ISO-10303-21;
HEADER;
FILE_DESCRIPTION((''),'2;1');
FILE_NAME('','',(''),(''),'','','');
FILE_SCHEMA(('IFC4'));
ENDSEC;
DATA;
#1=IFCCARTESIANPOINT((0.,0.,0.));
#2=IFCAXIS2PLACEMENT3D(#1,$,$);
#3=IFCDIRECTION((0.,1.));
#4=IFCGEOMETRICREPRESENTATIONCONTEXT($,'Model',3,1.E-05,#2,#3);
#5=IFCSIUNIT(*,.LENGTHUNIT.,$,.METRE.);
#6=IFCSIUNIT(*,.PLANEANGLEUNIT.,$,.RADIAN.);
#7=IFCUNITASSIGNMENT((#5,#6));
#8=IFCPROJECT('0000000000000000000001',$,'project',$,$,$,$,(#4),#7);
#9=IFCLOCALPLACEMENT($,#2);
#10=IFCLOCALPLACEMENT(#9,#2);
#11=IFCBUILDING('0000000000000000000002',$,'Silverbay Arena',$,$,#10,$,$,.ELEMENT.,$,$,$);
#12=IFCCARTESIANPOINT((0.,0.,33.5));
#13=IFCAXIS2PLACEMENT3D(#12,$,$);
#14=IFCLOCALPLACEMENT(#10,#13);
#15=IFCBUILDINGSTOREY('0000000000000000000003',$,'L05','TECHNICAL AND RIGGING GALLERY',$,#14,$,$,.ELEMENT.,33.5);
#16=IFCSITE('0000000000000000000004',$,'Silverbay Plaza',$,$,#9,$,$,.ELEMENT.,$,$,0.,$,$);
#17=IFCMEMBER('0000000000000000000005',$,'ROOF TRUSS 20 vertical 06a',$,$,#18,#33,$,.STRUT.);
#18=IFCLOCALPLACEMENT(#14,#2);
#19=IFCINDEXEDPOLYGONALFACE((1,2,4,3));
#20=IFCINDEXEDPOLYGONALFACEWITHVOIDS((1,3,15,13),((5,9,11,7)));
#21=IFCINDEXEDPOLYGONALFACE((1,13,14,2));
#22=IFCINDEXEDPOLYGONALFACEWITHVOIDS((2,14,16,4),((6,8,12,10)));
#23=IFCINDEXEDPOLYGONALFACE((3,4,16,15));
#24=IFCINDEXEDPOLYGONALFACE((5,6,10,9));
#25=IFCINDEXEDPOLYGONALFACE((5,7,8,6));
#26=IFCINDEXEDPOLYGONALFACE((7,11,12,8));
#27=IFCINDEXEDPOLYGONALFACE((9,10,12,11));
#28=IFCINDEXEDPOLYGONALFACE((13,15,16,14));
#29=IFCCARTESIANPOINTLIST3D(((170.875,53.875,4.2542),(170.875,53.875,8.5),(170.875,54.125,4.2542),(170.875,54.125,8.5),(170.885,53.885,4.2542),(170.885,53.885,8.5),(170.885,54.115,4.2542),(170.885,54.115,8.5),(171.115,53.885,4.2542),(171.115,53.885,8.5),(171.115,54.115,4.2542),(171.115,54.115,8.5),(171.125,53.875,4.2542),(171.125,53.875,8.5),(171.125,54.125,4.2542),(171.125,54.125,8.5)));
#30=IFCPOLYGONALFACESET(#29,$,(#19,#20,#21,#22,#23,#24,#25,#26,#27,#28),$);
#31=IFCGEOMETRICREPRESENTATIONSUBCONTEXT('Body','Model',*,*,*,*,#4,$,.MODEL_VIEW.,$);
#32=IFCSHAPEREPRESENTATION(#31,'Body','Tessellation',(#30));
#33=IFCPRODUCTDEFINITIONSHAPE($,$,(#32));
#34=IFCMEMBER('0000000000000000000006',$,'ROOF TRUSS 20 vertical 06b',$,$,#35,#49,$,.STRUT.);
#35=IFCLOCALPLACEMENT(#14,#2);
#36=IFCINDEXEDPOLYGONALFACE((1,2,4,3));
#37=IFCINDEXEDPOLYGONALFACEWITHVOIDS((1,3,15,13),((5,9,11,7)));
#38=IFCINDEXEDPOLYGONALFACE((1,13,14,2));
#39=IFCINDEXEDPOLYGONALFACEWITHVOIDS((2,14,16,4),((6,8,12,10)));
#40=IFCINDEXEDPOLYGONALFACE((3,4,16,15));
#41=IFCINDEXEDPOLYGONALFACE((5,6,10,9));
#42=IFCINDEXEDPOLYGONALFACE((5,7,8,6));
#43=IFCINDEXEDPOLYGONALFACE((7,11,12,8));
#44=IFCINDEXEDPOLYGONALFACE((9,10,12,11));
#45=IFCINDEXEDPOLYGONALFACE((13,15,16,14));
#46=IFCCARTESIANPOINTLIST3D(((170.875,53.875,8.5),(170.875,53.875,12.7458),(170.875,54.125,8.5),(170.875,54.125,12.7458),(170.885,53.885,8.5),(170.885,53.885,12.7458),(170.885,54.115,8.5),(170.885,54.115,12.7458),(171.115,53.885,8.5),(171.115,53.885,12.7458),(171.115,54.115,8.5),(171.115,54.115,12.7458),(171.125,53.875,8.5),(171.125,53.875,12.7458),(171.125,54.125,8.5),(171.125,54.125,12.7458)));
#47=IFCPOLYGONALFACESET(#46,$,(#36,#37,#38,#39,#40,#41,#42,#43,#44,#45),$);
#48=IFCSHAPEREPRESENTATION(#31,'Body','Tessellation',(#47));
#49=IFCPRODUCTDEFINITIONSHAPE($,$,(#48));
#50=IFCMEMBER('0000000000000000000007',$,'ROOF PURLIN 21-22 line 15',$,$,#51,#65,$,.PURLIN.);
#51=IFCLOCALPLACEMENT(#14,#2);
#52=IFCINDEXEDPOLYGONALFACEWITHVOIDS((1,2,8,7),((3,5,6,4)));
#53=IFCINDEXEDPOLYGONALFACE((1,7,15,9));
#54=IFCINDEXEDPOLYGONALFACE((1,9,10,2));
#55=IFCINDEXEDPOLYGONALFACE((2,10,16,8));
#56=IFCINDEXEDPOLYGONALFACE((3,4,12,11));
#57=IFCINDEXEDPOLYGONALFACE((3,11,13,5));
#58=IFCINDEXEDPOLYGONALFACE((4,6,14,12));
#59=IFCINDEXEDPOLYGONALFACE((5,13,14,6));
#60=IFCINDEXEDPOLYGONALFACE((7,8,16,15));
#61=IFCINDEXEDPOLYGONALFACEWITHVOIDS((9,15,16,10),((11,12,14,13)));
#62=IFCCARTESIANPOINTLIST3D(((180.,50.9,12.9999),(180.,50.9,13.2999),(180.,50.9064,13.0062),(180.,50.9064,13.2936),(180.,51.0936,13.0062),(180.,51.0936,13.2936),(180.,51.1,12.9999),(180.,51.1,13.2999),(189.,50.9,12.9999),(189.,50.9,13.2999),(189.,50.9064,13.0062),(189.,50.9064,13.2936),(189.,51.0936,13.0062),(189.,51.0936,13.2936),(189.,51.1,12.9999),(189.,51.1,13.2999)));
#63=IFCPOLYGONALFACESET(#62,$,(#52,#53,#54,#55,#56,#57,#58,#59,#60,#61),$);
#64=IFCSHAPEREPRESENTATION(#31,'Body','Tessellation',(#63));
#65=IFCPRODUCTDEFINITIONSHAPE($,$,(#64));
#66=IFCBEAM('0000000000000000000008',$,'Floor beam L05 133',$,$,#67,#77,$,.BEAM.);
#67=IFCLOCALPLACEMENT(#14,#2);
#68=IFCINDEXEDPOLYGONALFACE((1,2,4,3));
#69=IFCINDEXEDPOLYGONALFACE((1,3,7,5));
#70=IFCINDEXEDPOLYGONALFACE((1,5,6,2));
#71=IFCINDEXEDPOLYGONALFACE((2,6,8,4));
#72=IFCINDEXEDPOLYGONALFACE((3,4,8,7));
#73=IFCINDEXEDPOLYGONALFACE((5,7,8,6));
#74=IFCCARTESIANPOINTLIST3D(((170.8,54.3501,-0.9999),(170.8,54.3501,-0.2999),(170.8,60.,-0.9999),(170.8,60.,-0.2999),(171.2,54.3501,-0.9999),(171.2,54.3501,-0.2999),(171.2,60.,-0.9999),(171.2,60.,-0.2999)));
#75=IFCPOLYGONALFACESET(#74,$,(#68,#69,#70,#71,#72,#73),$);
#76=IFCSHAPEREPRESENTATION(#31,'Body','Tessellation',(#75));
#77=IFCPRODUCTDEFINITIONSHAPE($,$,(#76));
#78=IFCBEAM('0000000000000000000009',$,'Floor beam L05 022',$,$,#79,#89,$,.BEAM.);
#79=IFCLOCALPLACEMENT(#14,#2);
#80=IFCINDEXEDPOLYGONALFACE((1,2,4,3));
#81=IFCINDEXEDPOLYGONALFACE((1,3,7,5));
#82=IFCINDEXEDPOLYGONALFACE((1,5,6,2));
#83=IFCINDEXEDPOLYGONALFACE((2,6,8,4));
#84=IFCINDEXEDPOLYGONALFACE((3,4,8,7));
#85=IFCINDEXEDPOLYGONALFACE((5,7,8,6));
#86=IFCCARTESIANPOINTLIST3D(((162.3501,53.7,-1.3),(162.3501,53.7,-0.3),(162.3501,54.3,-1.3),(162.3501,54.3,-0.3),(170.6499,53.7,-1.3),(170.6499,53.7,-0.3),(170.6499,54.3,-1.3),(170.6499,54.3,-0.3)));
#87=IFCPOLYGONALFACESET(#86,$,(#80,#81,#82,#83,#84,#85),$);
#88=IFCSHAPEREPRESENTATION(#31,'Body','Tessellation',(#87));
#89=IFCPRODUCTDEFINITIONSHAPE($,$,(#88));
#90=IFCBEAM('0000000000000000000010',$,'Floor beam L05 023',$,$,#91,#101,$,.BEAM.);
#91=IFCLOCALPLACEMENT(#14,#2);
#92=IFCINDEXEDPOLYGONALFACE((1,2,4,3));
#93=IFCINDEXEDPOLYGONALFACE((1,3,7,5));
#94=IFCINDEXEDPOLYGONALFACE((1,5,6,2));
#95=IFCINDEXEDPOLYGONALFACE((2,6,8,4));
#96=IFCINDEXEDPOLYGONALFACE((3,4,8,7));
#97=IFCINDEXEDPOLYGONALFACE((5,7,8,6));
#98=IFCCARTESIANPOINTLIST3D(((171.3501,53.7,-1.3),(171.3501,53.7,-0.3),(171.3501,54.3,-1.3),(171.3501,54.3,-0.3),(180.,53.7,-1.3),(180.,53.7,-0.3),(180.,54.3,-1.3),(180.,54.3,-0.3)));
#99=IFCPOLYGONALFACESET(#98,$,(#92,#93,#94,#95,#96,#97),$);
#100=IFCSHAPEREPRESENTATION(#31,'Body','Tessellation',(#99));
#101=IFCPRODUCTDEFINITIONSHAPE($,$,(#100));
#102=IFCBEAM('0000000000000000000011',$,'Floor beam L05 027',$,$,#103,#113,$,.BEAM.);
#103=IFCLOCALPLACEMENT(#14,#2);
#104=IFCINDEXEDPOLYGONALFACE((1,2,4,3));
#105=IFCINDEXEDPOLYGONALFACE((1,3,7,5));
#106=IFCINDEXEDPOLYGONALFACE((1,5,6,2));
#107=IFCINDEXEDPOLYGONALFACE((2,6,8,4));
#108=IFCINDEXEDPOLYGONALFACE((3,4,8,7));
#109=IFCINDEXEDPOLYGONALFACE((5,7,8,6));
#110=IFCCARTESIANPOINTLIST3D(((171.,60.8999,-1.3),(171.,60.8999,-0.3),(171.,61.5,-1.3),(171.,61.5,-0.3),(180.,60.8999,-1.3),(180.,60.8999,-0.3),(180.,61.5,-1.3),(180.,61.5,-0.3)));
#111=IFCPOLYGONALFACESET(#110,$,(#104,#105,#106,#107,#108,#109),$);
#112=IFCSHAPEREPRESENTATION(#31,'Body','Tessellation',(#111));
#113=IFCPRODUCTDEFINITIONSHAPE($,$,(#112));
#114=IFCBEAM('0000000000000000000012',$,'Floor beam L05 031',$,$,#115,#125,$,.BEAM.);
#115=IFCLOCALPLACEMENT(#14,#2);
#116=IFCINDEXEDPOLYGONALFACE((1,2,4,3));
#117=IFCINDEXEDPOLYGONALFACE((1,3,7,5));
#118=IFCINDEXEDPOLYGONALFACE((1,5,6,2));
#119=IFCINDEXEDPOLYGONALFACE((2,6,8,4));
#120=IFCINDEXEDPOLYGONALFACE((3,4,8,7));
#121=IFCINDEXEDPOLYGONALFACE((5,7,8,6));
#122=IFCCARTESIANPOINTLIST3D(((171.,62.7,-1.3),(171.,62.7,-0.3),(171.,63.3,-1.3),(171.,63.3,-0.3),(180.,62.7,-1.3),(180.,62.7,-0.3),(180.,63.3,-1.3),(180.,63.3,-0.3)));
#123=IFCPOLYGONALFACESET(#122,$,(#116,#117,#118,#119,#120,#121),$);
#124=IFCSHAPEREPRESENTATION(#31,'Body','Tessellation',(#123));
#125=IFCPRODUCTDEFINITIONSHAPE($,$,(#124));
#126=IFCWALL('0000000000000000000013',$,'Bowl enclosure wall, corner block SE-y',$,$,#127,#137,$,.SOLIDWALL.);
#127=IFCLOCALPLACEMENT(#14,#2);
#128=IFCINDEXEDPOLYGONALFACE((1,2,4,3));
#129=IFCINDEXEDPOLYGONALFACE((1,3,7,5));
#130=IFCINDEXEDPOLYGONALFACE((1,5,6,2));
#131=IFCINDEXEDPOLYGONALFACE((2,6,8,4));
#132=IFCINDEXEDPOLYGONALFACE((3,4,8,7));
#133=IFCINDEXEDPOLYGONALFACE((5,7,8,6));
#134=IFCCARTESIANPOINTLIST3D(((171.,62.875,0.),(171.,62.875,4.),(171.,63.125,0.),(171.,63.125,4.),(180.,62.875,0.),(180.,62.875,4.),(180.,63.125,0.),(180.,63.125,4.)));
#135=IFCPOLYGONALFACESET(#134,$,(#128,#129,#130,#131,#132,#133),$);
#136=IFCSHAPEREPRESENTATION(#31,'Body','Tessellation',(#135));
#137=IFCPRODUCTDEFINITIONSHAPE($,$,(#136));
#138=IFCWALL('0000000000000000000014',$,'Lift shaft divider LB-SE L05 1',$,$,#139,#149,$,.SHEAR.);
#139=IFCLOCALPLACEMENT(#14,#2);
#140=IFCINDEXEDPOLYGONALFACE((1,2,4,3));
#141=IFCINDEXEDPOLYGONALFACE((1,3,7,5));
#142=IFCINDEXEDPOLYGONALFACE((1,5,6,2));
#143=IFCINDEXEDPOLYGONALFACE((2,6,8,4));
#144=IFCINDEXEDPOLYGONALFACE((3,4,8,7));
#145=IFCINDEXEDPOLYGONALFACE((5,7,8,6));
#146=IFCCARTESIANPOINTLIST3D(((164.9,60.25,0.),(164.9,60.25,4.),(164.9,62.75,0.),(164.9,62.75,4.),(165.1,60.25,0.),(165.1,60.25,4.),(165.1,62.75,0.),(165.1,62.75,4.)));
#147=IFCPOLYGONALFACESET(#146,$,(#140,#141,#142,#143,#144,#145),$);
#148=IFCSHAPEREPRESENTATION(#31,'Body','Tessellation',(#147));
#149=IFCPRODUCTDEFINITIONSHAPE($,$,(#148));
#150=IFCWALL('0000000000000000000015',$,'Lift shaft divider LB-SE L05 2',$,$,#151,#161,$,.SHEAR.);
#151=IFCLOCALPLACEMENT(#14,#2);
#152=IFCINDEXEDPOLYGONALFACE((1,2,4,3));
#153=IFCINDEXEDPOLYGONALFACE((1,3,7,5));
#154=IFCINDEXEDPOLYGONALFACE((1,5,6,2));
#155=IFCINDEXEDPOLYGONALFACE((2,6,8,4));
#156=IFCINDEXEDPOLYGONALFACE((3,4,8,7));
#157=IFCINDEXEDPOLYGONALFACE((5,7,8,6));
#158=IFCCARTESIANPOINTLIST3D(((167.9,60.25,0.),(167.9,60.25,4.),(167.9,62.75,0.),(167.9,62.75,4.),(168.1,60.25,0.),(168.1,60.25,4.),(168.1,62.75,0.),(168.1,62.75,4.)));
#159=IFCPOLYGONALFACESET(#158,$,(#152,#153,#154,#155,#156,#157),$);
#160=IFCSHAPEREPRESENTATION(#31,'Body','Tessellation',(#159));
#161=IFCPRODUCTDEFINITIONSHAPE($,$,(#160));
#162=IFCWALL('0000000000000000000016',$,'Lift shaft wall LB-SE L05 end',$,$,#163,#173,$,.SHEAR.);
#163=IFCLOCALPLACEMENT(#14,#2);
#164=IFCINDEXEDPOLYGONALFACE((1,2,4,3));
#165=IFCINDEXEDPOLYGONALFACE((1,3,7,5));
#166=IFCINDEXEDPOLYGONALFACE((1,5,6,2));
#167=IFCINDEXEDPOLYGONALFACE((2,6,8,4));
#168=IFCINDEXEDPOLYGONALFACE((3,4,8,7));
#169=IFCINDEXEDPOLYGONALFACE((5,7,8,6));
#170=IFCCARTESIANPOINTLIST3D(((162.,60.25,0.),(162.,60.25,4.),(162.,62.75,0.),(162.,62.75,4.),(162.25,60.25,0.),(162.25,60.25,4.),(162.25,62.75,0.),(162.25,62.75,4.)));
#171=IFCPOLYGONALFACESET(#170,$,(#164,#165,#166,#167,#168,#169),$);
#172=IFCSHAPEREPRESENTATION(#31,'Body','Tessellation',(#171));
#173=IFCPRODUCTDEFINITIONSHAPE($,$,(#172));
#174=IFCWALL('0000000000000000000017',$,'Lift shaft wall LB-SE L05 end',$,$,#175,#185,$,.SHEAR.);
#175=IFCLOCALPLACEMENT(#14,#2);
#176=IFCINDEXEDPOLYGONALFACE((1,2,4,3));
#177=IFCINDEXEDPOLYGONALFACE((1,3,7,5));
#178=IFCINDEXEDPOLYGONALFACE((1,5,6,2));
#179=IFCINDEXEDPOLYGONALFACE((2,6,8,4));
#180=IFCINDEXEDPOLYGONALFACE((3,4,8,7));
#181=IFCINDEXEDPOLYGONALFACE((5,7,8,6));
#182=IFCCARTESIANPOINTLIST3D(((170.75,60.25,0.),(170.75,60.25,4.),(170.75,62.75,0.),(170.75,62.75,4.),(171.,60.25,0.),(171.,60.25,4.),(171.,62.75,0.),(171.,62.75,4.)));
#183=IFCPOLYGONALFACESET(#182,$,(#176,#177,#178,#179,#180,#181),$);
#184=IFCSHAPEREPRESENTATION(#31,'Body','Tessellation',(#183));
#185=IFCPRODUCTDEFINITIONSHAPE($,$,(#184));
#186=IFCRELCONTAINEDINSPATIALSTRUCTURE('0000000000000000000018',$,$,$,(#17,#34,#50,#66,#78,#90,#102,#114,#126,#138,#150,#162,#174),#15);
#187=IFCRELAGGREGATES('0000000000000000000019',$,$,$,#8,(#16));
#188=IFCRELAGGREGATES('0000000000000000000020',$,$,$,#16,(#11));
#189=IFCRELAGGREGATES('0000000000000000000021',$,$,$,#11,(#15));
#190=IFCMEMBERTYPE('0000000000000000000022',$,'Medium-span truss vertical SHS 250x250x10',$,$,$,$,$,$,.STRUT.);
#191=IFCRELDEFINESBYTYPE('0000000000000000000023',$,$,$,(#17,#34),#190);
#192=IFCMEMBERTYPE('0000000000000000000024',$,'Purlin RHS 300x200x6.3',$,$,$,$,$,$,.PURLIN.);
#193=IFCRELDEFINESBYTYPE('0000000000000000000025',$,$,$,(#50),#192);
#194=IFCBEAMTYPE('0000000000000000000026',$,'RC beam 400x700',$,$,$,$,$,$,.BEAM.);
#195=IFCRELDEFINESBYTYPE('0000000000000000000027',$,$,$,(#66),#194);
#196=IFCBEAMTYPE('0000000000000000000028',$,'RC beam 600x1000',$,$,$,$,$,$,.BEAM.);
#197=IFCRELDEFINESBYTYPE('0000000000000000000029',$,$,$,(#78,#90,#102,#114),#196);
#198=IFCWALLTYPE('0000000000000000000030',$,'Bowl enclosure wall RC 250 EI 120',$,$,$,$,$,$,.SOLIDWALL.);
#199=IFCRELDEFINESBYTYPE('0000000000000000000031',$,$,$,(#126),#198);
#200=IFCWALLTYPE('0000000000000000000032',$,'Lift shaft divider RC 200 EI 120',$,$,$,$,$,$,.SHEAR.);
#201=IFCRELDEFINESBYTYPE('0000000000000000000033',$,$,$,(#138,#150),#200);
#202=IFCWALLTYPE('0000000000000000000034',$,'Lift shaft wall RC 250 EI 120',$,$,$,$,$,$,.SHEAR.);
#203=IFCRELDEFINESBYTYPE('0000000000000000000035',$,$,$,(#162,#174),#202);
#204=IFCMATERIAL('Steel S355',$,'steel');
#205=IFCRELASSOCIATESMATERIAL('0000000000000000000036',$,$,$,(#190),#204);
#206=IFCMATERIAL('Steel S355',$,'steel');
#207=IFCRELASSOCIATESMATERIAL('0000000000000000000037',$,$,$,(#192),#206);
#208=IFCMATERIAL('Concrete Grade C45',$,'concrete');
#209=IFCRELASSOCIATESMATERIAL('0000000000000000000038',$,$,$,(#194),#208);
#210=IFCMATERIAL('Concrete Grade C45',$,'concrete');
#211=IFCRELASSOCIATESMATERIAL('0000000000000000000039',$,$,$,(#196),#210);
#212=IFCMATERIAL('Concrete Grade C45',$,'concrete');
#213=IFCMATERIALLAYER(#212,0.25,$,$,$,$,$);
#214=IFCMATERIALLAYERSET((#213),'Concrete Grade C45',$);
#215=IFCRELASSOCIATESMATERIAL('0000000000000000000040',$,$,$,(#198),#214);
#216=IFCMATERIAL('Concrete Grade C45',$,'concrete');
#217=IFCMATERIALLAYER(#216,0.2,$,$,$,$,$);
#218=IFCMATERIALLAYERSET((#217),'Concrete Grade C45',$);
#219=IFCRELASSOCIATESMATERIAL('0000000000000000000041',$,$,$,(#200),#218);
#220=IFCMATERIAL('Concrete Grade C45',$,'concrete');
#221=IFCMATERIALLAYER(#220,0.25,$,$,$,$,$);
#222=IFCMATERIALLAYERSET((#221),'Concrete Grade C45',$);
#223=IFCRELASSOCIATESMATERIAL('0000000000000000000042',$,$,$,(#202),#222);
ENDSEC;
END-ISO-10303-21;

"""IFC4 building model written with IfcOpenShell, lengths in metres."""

from ifc_helpers import new_model, si_unit, direction, frame, frame_2d, origin, origin_2d, place, context, subcontext, project, spatial, rectangle, hollow_rectangle, extrude, material, layer, layer_set, material_profile, profile_set, type_object, element, save


model = new_model("IFC4")

# Units and contexts
model_context = context("Model", 3, precision=1e-05, world=origin(), true_north=direction((0.0, 1.0)))
body_context = subcontext(model_context, "Body", "Model", "MODEL_VIEW")
ifc_project = project(units=[si_unit("LENGTHUNIT", "METRE"), si_unit("PLANEANGLEUNIT", "RADIAN")], contexts=[model_context])

# Site, building, storey
site_placement = place(None, origin())
site = spatial("IfcSite", under=ifc_project, at=site_placement, Name="Silverbay Plaza", CompositionType="ELEMENT", RefElevation=0.0)
building_placement = place(site_placement, origin())
building = spatial("IfcBuilding", under=site, at=building_placement, Name="Silverbay Arena", CompositionType="ELEMENT")
storey_placement = place(building_placement, frame((0.0, 0.0, 33.5)))
storey = spatial("IfcBuildingStorey", under=building, at=storey_placement, Name="L05", Description="TECHNICAL AND RIGGING GALLERY", CompositionType="ELEMENT", Elevation=33.5)

# Members
ifc_material_1 = material(Name="Steel S355", Category="steel")
ifc_material_profile_1 = material_profile(ifc_material_1, hollow_rectangle(XDim=0.25, YDim=0.25, WallThickness=0.01, at=origin_2d()), Name="SHS 250x250x10")
ifc_profile_set_1 = profile_set([ifc_material_profile_1], Name="Steel S355")
member_type_1 = type_object("IfcMemberType", Name="Medium-span truss vertical SHS 250x250x10", PredefinedType="STRUT", material=ifc_profile_set_1)
for number, where, z_axis, x_axis, name in (
    (1, (171.0, 54.0, 4.2542), (0.0, 0.0, 1.0), (1.0, 0.0, 0.0), "ROOF TRUSS 20 vertical 06a"),
    (2, (171.0, 54.0, 8.5), (0.0, 0.0, 1.0), (1.0, 0.0, 0.0), "ROOF TRUSS 20 vertical 06b"),
):
    element("IfcMember", number, at=place(storey_placement, frame(where, z_axis=z_axis, x_axis=x_axis)), inside=storey, type_object=member_type_1, Name=name, PredefinedType="STRUT", context=body_context, shape_type="SweptSolid", body=[
        extrude(hollow_rectangle(XDim=0.25, YDim=0.25, WallThickness=0.01, at=origin_2d()), origin(), (0.0, 0.0, 1.0), 4.2458),
    ])
ifc_material_2 = material(Name="Steel S355", Category="steel")
ifc_material_profile_2 = material_profile(ifc_material_2, hollow_rectangle(XDim=0.2, YDim=0.3, WallThickness=0.0063, at=origin_2d()), Name="RHS 300x200x6.3")
ifc_profile_set_2 = profile_set([ifc_material_profile_2], Name="Steel S355")
member_type_2 = type_object("IfcMemberType", Name="Purlin RHS 300x200x6.3", PredefinedType="PURLIN", material=ifc_profile_set_2)
member_1_placement = place(storey_placement, frame((180.0, 51.0, 13.1499), z_axis=(1.0, 0.0, 0.0), x_axis=(0.0, 1.0, 0.0)))
element("IfcMember", 3, at=member_1_placement, inside=storey, type_object=member_type_2, Name="ROOF PURLIN 21-22 line 15", PredefinedType="PURLIN", context=body_context, shape_type="SweptSolid", body=[
    extrude(hollow_rectangle(XDim=0.2, YDim=0.3, WallThickness=0.0063, at=origin_2d()), origin(), (0.0, 0.0, 1.0), 9.0),
])

# Beams
ifc_material_3 = material(Name="Concrete Grade C45", Category="concrete")
ifc_material_profile_3 = material_profile(ifc_material_3, rectangle(XDim=0.3999, YDim=0.7, at=origin_2d()), Name="RC 400x700")
ifc_profile_set_3 = profile_set([ifc_material_profile_3], Name="Concrete Grade C45")
beam_type_1 = type_object("IfcBeamType", Name="RC beam 400x700", PredefinedType="BEAM", material=ifc_profile_set_3)
beam_1_placement = place(storey_placement, frame((171.0, 54.3501, -0.6499), z_axis=(0.0, 1.0, 0.0), x_axis=(-1.0, 0.0, 0.0)))
element("IfcBeam", 4, at=beam_1_placement, inside=storey, type_object=beam_type_1, Name="Floor beam L05 133", PredefinedType="BEAM", context=body_context, shape_type="SweptSolid", body=[
    extrude(rectangle(XDim=0.3999, YDim=0.7, at=origin_2d()), origin(), (0.0, 0.0, 1.0), 5.6499),
])
ifc_material_4 = material(Name="Concrete Grade C45", Category="concrete")
ifc_material_profile_4 = material_profile(ifc_material_4, rectangle(XDim=0.6001, YDim=1.0, at=origin_2d()), Name="RC 600x1000")
ifc_profile_set_4 = profile_set([ifc_material_profile_4], Name="Concrete Grade C45")
beam_type_2 = type_object("IfcBeamType", Name="RC beam 600x1000", PredefinedType="BEAM", material=ifc_profile_set_4)
beam_2_placement = place(storey_placement, frame((162.3501, 54.0, -0.8), z_axis=(1.0, 0.0, 0.0), x_axis=(0.0, 1.0, 0.0)))
element("IfcBeam", 5, at=beam_2_placement, inside=storey, type_object=beam_type_2, Name="Floor beam L05 022", PredefinedType="BEAM", context=body_context, shape_type="SweptSolid", body=[
    extrude(rectangle(XDim=0.6001, YDim=1.0, at=origin_2d()), origin(), (0.0, 0.0, 1.0), 8.2998),
])
beam_3_placement = place(storey_placement, frame((171.3501, 54.0, -0.8), z_axis=(1.0, 0.0, 0.0), x_axis=(0.0, 1.0, 0.0)))
element("IfcBeam", 6, at=beam_3_placement, inside=storey, type_object=beam_type_2, Name="Floor beam L05 023", PredefinedType="BEAM", context=body_context, shape_type="SweptSolid", body=[
    extrude(rectangle(XDim=0.6001, YDim=1.0, at=origin_2d()), origin(), (0.0, 0.0, 1.0), 8.6499),
])
for number, where, z_axis, x_axis, name in (
    (7, (171.0, 61.2, -0.8), (1.0, 0.0, 0.0), (0.0, 1.0, 0.0), "Floor beam L05 027"),
    (8, (171.0, 63.0, -0.8), (1.0, 0.0, 0.0), (0.0, 1.0, 0.0), "Floor beam L05 031"),
):
    element("IfcBeam", number, at=place(storey_placement, frame(where, z_axis=z_axis, x_axis=x_axis)), inside=storey, type_object=beam_type_2, Name=name, PredefinedType="BEAM", context=body_context, shape_type="SweptSolid", body=[
        extrude(rectangle(XDim=0.6001, YDim=1.0, at=origin_2d()), origin(), (0.0, 0.0, 1.0), 9.0),
    ])

# Walls
ifc_material_5 = material(Name="Concrete Grade C45", Category="concrete")
ifc_layer_1 = layer(ifc_material_5, 0.25)
ifc_layer_set_1 = layer_set([ifc_layer_1], Name="Concrete Grade C45")
wall_type_1 = type_object("IfcWallType", Name="Bowl enclosure wall RC 250 EI 120", PredefinedType="SOLIDWALL", material=ifc_layer_set_1)
wall_1_placement = place(storey_placement, frame((171.0, 63.0, 0.0), z_axis=(0.0, 0.0, 1.0), x_axis=(1.0, 0.0, 0.0)))
element("IfcWall", 9, at=wall_1_placement, inside=storey, type_object=wall_type_1, Name="Bowl enclosure wall, corner block SE-y", PredefinedType="SOLIDWALL", context=body_context, shape_type="SweptSolid", body=[
    extrude(rectangle(XDim=9.0, YDim=0.25, at=frame_2d((4.5, 0.0))), origin(), (0.0, 0.0, 1.0), 4.0),
])
ifc_material_6 = material(Name="Concrete Grade C45", Category="concrete")
ifc_layer_2 = layer(ifc_material_6, 0.2)
ifc_layer_set_2 = layer_set([ifc_layer_2], Name="Concrete Grade C45")
wall_type_2 = type_object("IfcWallType", Name="Lift shaft divider RC 200 EI 120", PredefinedType="SHEAR", material=ifc_layer_set_2)
for number, where, z_axis, x_axis, name in (
    (10, (165.0, 60.25, 0.0), (0.0, 0.0, 1.0), (0.0, 1.0, 0.0), "Lift shaft divider LB-SE L05 1"),
    (11, (168.0, 60.25, 0.0), (0.0, 0.0, 1.0), (0.0, 1.0, 0.0), "Lift shaft divider LB-SE L05 2"),
):
    element("IfcWall", number, at=place(storey_placement, frame(where, z_axis=z_axis, x_axis=x_axis)), inside=storey, type_object=wall_type_2, Name=name, PredefinedType="SHEAR", context=body_context, shape_type="SweptSolid", body=[
        extrude(rectangle(XDim=2.5, YDim=0.2, at=frame_2d((1.25, 0.0))), origin(), (0.0, 0.0, 1.0), 4.0),
    ])
ifc_material_7 = material(Name="Concrete Grade C45", Category="concrete")
ifc_layer_3 = layer(ifc_material_7, 0.25)
ifc_layer_set_3 = layer_set([ifc_layer_3], Name="Concrete Grade C45")
wall_type_3 = type_object("IfcWallType", Name="Lift shaft wall RC 250 EI 120", PredefinedType="SHEAR", material=ifc_layer_set_3)
for number, where, z_axis, x_axis, name in (
    (12, (162.125, 60.25, 0.0), (0.0, 0.0, 1.0), (0.0, 1.0, 0.0), "Lift shaft wall LB-SE L05 end"),
    (13, (170.875, 60.25, 0.0), (0.0, 0.0, 1.0), (0.0, 1.0, 0.0), "Lift shaft wall LB-SE L05 end"),
):
    element("IfcWall", number, at=place(storey_placement, frame(where, z_axis=z_axis, x_axis=x_axis)), inside=storey, type_object=wall_type_3, Name=name, PredefinedType="SHEAR", context=body_context, shape_type="SweptSolid", body=[
        extrude(rectangle(XDim=2.5, YDim=0.25, at=frame_2d((1.25, 0.0))), origin(), (0.0, 0.0, 1.0), 4.0),
    ])

save(model, "model.ifc")
